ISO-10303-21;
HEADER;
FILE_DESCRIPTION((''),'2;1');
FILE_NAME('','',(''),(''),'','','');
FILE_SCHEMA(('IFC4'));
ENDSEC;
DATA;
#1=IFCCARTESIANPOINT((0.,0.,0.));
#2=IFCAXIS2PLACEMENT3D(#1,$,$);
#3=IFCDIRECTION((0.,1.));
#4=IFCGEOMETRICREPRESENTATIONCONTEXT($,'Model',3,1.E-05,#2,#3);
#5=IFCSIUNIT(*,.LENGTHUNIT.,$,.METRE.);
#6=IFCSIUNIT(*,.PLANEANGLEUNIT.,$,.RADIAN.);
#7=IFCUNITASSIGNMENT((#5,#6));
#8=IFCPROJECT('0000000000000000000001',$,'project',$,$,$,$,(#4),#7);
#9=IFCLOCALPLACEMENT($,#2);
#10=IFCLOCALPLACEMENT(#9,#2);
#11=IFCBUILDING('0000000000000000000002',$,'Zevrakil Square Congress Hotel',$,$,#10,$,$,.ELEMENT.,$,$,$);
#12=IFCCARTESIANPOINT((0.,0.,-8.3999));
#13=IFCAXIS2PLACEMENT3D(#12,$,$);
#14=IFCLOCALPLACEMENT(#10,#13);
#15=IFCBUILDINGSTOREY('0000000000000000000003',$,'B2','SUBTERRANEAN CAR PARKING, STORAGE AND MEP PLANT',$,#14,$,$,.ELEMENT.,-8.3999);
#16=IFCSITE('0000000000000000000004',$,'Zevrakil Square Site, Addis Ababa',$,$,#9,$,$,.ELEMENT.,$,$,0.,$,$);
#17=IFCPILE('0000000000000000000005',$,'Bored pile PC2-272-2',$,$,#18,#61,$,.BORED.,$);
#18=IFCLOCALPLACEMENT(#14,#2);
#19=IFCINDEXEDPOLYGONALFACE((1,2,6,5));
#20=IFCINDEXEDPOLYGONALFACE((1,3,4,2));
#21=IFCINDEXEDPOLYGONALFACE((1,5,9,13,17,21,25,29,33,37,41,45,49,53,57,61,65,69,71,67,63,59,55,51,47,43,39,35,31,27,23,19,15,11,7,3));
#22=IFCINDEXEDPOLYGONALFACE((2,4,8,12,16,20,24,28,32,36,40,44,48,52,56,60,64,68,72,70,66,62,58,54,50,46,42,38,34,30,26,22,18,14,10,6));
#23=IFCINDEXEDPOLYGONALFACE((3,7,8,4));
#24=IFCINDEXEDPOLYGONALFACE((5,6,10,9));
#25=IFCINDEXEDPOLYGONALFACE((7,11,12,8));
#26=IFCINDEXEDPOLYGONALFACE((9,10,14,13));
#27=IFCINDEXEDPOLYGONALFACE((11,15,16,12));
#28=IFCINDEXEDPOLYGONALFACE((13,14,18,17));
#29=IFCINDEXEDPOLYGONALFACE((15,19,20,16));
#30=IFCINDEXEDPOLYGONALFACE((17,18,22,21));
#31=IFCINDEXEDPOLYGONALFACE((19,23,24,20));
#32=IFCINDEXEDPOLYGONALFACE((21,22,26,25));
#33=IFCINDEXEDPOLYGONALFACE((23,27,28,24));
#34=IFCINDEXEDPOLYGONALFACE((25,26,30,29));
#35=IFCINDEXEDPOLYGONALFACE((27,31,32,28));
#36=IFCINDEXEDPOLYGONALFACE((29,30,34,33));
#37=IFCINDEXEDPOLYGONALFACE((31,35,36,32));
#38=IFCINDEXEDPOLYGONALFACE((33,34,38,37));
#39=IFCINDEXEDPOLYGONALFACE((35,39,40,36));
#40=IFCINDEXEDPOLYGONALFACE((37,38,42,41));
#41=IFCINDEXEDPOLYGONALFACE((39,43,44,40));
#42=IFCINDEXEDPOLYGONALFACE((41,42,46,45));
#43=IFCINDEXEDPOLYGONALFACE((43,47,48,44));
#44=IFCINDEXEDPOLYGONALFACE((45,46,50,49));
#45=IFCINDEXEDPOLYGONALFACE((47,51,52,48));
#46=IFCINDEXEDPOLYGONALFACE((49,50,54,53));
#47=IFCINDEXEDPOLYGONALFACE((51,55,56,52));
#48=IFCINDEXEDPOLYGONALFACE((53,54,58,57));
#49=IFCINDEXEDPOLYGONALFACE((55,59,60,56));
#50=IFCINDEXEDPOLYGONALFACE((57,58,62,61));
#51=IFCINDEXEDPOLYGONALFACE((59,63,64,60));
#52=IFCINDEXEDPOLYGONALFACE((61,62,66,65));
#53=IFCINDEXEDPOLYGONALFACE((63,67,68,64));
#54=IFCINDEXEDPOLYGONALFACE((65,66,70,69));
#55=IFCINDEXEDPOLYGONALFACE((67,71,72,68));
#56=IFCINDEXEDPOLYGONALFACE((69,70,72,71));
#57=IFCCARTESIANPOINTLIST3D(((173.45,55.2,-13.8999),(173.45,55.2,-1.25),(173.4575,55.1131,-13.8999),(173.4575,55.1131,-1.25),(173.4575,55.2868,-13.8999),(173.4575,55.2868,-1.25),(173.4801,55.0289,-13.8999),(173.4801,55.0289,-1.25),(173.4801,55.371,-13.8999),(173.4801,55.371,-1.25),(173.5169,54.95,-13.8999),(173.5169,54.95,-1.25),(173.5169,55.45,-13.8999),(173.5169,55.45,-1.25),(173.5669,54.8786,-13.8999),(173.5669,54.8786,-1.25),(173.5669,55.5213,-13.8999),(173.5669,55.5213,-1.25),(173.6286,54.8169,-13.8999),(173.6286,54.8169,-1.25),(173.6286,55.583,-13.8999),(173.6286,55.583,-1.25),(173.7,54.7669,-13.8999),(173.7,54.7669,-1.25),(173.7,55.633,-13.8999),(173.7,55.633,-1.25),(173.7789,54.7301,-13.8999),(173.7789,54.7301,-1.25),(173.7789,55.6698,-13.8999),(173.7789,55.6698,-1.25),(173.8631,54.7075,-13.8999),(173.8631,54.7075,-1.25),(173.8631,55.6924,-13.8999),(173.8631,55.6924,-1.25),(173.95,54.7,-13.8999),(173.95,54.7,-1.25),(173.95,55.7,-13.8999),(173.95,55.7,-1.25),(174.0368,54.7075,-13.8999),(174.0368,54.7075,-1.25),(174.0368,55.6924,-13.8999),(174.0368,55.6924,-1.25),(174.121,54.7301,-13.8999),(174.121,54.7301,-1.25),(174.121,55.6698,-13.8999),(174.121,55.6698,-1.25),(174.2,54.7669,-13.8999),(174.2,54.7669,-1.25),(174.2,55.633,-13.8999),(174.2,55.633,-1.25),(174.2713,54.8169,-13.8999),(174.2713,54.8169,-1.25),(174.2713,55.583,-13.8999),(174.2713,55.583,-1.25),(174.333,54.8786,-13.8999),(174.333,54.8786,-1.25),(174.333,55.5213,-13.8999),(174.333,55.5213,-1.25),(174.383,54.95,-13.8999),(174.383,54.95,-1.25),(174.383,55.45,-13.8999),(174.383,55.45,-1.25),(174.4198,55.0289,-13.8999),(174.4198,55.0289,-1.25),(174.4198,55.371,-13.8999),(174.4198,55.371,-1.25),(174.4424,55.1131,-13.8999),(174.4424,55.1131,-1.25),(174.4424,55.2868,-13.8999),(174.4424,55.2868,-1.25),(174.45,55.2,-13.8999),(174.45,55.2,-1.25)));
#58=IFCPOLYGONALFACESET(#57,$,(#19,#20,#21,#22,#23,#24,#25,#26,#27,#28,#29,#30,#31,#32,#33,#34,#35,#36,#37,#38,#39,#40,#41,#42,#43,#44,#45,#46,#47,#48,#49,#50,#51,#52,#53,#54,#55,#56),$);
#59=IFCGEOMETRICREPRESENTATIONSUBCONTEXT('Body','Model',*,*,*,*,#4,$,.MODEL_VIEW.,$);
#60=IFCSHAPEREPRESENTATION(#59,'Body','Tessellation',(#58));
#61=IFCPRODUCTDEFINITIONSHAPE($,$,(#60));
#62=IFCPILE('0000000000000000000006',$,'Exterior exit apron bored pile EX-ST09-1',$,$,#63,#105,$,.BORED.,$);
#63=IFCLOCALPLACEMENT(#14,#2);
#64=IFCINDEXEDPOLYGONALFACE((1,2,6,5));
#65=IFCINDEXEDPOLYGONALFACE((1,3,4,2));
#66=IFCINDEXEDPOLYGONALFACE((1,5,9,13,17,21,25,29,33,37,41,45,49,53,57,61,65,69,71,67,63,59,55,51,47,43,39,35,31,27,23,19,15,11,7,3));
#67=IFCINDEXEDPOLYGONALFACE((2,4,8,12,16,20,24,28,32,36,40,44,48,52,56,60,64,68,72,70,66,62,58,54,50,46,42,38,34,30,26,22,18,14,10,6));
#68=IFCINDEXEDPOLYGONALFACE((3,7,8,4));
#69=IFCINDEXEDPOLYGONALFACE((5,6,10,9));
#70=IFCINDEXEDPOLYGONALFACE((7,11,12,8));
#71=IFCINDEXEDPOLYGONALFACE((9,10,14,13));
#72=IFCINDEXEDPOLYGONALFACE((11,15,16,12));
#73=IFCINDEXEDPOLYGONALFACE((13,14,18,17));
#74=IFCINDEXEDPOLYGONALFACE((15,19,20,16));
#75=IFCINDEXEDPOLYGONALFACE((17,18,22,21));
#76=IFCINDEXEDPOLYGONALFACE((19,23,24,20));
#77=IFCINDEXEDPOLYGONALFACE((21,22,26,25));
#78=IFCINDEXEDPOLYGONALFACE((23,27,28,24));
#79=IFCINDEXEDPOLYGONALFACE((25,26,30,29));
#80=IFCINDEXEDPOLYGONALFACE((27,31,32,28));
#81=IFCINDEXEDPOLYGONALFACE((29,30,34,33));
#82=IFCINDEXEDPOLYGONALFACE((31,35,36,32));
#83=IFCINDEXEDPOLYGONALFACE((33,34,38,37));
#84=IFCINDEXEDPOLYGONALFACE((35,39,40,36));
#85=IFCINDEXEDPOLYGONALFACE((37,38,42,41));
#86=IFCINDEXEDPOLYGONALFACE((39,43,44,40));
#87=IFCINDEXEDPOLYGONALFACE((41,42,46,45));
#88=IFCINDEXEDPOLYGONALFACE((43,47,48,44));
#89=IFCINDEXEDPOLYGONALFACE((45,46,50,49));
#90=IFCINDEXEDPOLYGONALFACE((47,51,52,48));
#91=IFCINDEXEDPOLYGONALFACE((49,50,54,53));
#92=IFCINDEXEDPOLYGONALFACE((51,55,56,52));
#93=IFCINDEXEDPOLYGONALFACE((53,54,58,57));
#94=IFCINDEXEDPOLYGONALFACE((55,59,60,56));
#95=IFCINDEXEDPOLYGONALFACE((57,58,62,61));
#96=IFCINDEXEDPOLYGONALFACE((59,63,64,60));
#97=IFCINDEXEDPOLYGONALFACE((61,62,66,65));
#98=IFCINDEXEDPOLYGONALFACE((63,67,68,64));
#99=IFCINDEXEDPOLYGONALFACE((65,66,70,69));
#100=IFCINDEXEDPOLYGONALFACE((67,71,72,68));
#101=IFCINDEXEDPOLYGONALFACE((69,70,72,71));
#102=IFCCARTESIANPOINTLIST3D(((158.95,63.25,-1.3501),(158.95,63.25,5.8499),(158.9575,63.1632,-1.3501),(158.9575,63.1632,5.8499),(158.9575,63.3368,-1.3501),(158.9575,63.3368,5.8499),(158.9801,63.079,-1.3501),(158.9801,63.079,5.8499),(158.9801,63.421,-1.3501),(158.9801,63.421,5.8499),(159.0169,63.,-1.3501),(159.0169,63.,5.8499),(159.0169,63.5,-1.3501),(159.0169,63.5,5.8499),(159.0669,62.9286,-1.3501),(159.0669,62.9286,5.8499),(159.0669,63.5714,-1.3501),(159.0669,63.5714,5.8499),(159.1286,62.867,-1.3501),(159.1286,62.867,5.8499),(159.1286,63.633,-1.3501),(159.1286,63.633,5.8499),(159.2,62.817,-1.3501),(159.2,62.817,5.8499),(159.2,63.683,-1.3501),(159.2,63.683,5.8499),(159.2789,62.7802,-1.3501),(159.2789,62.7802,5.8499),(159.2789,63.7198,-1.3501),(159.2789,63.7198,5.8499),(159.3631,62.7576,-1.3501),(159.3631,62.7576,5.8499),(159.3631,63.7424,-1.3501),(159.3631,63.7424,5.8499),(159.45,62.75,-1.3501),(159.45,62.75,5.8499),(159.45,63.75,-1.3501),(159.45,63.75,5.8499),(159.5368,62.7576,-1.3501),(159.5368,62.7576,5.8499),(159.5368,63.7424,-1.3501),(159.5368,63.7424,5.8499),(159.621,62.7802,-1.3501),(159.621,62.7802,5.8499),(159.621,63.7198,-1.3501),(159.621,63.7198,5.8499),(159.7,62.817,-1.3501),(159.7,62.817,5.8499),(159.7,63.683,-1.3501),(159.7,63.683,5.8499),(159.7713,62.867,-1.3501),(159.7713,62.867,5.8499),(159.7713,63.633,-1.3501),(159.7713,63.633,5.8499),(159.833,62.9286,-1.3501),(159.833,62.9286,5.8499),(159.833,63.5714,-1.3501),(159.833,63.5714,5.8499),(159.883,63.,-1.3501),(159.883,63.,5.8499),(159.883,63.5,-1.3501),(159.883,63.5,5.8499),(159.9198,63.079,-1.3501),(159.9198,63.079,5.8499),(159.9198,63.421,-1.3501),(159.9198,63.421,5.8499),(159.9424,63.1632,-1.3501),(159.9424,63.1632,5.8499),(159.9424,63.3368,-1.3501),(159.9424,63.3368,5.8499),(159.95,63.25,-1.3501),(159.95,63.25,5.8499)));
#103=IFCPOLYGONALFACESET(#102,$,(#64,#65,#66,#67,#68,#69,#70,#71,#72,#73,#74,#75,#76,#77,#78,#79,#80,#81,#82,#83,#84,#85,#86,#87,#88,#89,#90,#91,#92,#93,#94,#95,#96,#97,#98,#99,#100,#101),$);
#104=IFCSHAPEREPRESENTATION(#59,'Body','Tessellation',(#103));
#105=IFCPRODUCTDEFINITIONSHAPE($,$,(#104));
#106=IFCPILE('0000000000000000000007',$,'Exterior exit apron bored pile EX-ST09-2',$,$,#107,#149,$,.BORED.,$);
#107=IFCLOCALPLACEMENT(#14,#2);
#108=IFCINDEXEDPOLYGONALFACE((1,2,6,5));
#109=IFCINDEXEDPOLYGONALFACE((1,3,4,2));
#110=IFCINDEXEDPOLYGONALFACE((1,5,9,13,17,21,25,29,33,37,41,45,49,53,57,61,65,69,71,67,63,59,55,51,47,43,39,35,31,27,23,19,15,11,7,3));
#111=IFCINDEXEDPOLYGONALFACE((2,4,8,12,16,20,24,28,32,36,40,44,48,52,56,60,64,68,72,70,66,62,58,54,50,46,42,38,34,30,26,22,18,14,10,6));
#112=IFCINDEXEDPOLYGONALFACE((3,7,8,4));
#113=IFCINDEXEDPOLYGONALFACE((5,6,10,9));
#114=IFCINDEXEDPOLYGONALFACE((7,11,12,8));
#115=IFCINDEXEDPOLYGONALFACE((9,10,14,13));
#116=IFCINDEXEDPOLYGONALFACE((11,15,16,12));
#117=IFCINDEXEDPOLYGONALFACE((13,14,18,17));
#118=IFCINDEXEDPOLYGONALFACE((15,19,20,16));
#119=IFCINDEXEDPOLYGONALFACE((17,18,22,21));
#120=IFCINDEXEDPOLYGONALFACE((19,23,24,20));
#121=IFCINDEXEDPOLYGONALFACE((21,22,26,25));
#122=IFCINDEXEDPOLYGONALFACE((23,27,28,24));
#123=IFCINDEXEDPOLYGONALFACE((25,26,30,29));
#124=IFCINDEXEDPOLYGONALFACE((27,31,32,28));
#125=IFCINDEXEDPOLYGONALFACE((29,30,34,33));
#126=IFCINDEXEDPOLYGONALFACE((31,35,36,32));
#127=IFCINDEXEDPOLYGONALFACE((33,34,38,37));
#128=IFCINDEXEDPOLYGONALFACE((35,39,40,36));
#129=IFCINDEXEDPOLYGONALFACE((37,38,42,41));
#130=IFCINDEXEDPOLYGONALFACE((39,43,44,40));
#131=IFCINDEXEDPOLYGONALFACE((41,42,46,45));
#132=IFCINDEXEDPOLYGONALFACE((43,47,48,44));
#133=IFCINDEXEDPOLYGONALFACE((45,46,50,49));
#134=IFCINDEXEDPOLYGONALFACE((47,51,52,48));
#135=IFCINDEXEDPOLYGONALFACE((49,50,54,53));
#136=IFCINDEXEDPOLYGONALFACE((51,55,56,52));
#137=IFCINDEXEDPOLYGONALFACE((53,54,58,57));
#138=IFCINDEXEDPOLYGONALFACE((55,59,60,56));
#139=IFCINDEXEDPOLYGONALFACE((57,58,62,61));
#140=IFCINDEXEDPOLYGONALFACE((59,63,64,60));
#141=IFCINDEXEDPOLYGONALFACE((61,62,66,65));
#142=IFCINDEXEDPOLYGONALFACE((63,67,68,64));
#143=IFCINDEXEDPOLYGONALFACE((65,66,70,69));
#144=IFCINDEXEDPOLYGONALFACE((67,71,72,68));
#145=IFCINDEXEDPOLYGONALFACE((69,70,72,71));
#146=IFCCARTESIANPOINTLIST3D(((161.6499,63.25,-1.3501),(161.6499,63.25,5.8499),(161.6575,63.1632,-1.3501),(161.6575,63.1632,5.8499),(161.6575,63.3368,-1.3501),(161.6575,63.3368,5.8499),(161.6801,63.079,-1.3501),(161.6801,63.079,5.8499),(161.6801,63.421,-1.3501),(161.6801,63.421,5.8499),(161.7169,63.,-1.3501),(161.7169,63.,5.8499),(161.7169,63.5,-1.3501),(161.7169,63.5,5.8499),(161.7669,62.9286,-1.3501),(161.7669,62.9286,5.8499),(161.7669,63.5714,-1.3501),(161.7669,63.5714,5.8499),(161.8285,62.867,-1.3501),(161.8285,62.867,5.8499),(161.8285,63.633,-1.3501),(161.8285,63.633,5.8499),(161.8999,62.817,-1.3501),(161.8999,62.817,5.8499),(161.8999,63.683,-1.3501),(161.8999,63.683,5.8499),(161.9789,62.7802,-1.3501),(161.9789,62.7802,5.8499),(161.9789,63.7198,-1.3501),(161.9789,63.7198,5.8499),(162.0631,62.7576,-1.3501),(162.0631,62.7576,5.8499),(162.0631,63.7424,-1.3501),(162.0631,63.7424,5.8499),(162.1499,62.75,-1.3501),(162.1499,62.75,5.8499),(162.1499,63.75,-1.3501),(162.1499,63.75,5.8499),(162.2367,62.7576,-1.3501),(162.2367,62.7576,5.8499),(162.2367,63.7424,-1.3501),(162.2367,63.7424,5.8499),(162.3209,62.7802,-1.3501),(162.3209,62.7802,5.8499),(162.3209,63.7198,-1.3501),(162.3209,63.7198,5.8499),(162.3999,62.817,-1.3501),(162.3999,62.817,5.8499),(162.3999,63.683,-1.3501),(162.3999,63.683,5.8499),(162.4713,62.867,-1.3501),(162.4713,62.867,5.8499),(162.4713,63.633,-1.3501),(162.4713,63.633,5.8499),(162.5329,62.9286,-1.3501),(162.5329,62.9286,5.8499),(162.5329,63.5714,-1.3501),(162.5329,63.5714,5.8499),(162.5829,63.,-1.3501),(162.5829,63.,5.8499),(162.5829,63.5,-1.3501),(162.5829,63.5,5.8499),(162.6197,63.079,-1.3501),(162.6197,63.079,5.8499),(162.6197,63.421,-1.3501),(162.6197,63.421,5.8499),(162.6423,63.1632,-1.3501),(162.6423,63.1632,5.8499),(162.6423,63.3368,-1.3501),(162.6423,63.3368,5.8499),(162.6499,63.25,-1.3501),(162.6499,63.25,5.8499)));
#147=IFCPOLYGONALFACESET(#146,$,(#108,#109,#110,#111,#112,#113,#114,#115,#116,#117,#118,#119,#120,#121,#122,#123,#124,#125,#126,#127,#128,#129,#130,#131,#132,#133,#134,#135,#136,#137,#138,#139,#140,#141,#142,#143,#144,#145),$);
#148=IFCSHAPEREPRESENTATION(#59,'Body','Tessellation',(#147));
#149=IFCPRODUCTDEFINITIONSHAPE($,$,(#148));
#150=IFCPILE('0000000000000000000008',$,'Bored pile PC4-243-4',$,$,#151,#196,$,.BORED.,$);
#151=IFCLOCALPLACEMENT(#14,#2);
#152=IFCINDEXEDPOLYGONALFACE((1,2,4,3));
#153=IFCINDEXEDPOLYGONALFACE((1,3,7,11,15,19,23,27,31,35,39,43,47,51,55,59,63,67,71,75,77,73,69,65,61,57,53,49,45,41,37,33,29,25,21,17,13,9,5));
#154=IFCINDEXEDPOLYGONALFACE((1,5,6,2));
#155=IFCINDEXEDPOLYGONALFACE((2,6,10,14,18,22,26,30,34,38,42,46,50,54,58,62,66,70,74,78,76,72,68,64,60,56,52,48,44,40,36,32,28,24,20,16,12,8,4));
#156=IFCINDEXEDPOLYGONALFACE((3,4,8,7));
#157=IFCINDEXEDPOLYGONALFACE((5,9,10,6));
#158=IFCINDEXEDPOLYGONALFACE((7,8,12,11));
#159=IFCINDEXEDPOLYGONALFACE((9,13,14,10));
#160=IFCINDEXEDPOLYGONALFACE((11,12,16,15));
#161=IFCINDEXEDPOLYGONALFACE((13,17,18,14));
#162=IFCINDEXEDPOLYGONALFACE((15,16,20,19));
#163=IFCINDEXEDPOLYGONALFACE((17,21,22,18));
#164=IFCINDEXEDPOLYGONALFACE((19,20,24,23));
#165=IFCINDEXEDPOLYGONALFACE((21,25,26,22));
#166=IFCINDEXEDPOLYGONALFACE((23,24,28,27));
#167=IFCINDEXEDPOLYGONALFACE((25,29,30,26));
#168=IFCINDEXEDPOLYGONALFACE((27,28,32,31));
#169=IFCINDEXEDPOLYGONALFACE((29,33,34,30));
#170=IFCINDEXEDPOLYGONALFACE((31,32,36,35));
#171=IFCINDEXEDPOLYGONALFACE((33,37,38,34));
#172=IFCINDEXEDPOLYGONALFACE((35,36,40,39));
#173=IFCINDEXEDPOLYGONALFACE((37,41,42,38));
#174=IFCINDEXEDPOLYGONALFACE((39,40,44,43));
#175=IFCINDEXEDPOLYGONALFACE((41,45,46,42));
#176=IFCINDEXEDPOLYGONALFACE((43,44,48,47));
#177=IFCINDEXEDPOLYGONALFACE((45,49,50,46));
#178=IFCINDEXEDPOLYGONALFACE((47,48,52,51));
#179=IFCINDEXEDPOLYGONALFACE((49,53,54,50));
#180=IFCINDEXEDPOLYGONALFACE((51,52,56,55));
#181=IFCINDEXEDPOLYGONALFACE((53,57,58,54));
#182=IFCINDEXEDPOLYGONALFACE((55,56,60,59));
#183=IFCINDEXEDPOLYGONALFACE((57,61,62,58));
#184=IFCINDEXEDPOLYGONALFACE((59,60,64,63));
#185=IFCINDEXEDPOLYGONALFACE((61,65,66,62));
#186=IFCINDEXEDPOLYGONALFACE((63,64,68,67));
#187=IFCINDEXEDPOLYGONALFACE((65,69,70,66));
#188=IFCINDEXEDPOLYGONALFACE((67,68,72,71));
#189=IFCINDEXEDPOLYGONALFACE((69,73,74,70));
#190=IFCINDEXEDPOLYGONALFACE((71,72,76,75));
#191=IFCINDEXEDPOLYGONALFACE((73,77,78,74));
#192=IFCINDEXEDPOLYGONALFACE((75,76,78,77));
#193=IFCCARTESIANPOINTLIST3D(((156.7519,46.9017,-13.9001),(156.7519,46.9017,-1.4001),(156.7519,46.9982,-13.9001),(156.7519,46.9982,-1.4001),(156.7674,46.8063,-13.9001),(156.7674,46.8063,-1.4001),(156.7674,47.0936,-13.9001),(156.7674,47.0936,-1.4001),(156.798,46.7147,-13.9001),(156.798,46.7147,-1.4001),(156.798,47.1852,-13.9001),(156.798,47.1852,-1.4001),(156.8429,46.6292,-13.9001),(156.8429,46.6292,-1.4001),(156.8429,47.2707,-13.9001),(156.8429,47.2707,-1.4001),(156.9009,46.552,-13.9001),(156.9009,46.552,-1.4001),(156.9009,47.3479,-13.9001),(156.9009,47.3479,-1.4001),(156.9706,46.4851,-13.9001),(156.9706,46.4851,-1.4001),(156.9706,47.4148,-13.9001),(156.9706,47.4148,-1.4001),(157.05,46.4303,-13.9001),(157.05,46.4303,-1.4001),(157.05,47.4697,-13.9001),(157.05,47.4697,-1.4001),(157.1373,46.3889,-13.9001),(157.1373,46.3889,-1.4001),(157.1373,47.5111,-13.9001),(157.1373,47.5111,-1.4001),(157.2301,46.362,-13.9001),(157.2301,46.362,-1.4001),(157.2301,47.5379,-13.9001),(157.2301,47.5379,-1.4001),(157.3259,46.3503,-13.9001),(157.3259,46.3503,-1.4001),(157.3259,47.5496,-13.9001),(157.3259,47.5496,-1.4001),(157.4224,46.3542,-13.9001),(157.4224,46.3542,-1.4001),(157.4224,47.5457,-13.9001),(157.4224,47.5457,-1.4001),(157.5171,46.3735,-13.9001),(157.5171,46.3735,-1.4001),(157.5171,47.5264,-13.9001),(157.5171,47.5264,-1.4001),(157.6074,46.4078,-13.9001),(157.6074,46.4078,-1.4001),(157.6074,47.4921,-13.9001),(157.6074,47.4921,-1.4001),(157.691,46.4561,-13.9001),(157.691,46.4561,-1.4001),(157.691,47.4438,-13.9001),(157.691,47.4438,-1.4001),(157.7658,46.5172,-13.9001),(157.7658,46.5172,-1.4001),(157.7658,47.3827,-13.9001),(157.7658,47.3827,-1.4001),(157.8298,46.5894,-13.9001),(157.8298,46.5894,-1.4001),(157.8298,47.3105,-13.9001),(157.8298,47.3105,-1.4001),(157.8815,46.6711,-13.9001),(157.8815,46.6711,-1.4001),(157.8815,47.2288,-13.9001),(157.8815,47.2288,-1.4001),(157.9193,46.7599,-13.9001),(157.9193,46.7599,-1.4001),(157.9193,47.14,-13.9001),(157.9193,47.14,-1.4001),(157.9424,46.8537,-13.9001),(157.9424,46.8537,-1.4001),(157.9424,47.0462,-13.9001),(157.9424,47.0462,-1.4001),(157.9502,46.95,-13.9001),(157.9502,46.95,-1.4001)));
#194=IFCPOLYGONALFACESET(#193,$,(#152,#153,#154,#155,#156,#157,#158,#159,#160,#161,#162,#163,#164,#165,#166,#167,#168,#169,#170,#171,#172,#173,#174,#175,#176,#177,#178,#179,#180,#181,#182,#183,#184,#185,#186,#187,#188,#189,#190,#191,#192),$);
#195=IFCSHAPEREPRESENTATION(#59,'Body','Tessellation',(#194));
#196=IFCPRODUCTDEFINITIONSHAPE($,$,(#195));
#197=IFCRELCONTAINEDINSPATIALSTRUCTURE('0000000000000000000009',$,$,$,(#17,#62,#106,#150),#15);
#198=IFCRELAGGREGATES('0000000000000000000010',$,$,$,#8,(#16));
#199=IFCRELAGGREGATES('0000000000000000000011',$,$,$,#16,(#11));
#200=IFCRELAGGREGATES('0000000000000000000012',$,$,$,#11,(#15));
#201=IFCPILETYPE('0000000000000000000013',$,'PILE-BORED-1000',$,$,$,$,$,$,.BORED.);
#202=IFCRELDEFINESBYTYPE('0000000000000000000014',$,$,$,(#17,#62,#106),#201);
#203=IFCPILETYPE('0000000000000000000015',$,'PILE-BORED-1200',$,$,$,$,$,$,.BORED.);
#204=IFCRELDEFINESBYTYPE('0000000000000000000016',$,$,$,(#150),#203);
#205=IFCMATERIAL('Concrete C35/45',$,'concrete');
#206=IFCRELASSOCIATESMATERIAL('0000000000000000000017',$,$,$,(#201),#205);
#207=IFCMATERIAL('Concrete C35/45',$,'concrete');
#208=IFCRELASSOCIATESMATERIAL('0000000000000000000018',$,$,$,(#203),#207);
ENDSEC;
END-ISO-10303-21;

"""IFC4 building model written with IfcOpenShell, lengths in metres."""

from ifc_helpers import new_model, si_unit, direction, frame, origin, origin_2d, place, context, subcontext, project, spatial, circle, extrude, material, material_profile, profile_set, type_object, element, save


model = new_model("IFC4")

# Units and contexts
model_context = context("Model", 3, precision=1e-05, world=origin(), true_north=direction((0.0, 1.0)))
body_context = subcontext(model_context, "Body", "Model", "MODEL_VIEW")
ifc_project = project(units=[si_unit("LENGTHUNIT", "METRE"), si_unit("PLANEANGLEUNIT", "RADIAN")], contexts=[model_context])

# Site, building, storey
site_placement = place(None, origin())
site = spatial("IfcSite", under=ifc_project, at=site_placement, Name="Zevrakil Square Site, Addis Ababa", CompositionType="ELEMENT", RefElevation=0.0)
building_placement = place(site_placement, origin())
building = spatial("IfcBuilding", under=site, at=building_placement, Name="Zevrakil Square Congress Hotel", CompositionType="ELEMENT")
storey_placement = place(building_placement, frame((0.0, 0.0, -8.3999)))
storey = spatial("IfcBuildingStorey", under=building, at=storey_placement, Name="B2", Description="SUBTERRANEAN CAR PARKING, STORAGE AND MEP PLANT", CompositionType="ELEMENT", Elevation=-8.3999)

# Piles
ifc_material_1 = material(Name="Concrete C35/45", Category="concrete")
ifc_material_profile_1 = material_profile(ifc_material_1, circle(Radius=0.5, at=origin_2d()), Name="PILE D1000")
ifc_profile_set_1 = profile_set([ifc_material_profile_1], Name="Concrete C35/45")
pile_type_1 = type_object("IfcPileType", Name="PILE-BORED-1000", PredefinedType="BORED", material=ifc_profile_set_1)
for number, where, z_axis, x_axis, name in (
    (1, (173.95, 55.2, -1.25), (0.0, 0.0, -1.0), (1.0, 0.0, 0.0), "Bored pile PC2-272-2"),
):
    element("IfcPile", number, at=place(storey_placement, frame(where, z_axis=z_axis, x_axis=x_axis)), inside=storey, type_object=pile_type_1, Name=name, PredefinedType="BORED", context=body_context, shape_type="SweptSolid", body=[
        extrude(circle(Radius=0.5, at=origin_2d()), origin(), (0.0, 0.0, 1.0), 12.6499),
    ])
for number, where, z_axis, x_axis, name in (
    (2, (159.45, 63.25, 5.8499), (0.0, 0.0, -1.0), (1.0, 0.0, 0.0), "Exterior exit apron bored pile EX-ST09-1"),
    (3, (162.1499, 63.25, 5.8499), (0.0, 0.0, -1.0), (1.0, 0.0, 0.0), "Exterior exit apron bored pile EX-ST09-2"),
):
    element("IfcPile", number, at=place(storey_placement, frame(where, z_axis=z_axis, x_axis=x_axis)), inside=storey, type_object=pile_type_1, Name=name, PredefinedType="BORED", context=body_context, shape_type="SweptSolid", body=[
        extrude(circle(Radius=0.5, at=origin_2d()), origin(), (0.0, 0.0, 1.0), 7.2),
    ])
ifc_material_2 = material(Name="Concrete C35/45", Category="concrete")
ifc_material_profile_2 = material_profile(ifc_material_2, circle(Radius=0.6001, at=origin_2d()), Name="PILE D1200")
ifc_profile_set_2 = profile_set([ifc_material_profile_2], Name="Concrete C35/45")
pile_type_2 = type_object("IfcPileType", Name="PILE-BORED-1200", PredefinedType="BORED", material=ifc_profile_set_2)
pile_placement = place(storey_placement, frame((157.3501, 46.95, -1.4001), z_axis=(0.0, 0.0, -1.0), x_axis=(1.0, 0.0, 0.0)))
element("IfcPile", 4, at=pile_placement, inside=storey, type_object=pile_type_2, Name="Bored pile PC4-243-4", PredefinedType="BORED", context=body_context, shape_type="SweptSolid", body=[
    extrude(circle(Radius=0.6001, at=origin_2d()), origin(), (0.0, 0.0, 1.0), 12.5),
])

save(model, "model.ifc")
